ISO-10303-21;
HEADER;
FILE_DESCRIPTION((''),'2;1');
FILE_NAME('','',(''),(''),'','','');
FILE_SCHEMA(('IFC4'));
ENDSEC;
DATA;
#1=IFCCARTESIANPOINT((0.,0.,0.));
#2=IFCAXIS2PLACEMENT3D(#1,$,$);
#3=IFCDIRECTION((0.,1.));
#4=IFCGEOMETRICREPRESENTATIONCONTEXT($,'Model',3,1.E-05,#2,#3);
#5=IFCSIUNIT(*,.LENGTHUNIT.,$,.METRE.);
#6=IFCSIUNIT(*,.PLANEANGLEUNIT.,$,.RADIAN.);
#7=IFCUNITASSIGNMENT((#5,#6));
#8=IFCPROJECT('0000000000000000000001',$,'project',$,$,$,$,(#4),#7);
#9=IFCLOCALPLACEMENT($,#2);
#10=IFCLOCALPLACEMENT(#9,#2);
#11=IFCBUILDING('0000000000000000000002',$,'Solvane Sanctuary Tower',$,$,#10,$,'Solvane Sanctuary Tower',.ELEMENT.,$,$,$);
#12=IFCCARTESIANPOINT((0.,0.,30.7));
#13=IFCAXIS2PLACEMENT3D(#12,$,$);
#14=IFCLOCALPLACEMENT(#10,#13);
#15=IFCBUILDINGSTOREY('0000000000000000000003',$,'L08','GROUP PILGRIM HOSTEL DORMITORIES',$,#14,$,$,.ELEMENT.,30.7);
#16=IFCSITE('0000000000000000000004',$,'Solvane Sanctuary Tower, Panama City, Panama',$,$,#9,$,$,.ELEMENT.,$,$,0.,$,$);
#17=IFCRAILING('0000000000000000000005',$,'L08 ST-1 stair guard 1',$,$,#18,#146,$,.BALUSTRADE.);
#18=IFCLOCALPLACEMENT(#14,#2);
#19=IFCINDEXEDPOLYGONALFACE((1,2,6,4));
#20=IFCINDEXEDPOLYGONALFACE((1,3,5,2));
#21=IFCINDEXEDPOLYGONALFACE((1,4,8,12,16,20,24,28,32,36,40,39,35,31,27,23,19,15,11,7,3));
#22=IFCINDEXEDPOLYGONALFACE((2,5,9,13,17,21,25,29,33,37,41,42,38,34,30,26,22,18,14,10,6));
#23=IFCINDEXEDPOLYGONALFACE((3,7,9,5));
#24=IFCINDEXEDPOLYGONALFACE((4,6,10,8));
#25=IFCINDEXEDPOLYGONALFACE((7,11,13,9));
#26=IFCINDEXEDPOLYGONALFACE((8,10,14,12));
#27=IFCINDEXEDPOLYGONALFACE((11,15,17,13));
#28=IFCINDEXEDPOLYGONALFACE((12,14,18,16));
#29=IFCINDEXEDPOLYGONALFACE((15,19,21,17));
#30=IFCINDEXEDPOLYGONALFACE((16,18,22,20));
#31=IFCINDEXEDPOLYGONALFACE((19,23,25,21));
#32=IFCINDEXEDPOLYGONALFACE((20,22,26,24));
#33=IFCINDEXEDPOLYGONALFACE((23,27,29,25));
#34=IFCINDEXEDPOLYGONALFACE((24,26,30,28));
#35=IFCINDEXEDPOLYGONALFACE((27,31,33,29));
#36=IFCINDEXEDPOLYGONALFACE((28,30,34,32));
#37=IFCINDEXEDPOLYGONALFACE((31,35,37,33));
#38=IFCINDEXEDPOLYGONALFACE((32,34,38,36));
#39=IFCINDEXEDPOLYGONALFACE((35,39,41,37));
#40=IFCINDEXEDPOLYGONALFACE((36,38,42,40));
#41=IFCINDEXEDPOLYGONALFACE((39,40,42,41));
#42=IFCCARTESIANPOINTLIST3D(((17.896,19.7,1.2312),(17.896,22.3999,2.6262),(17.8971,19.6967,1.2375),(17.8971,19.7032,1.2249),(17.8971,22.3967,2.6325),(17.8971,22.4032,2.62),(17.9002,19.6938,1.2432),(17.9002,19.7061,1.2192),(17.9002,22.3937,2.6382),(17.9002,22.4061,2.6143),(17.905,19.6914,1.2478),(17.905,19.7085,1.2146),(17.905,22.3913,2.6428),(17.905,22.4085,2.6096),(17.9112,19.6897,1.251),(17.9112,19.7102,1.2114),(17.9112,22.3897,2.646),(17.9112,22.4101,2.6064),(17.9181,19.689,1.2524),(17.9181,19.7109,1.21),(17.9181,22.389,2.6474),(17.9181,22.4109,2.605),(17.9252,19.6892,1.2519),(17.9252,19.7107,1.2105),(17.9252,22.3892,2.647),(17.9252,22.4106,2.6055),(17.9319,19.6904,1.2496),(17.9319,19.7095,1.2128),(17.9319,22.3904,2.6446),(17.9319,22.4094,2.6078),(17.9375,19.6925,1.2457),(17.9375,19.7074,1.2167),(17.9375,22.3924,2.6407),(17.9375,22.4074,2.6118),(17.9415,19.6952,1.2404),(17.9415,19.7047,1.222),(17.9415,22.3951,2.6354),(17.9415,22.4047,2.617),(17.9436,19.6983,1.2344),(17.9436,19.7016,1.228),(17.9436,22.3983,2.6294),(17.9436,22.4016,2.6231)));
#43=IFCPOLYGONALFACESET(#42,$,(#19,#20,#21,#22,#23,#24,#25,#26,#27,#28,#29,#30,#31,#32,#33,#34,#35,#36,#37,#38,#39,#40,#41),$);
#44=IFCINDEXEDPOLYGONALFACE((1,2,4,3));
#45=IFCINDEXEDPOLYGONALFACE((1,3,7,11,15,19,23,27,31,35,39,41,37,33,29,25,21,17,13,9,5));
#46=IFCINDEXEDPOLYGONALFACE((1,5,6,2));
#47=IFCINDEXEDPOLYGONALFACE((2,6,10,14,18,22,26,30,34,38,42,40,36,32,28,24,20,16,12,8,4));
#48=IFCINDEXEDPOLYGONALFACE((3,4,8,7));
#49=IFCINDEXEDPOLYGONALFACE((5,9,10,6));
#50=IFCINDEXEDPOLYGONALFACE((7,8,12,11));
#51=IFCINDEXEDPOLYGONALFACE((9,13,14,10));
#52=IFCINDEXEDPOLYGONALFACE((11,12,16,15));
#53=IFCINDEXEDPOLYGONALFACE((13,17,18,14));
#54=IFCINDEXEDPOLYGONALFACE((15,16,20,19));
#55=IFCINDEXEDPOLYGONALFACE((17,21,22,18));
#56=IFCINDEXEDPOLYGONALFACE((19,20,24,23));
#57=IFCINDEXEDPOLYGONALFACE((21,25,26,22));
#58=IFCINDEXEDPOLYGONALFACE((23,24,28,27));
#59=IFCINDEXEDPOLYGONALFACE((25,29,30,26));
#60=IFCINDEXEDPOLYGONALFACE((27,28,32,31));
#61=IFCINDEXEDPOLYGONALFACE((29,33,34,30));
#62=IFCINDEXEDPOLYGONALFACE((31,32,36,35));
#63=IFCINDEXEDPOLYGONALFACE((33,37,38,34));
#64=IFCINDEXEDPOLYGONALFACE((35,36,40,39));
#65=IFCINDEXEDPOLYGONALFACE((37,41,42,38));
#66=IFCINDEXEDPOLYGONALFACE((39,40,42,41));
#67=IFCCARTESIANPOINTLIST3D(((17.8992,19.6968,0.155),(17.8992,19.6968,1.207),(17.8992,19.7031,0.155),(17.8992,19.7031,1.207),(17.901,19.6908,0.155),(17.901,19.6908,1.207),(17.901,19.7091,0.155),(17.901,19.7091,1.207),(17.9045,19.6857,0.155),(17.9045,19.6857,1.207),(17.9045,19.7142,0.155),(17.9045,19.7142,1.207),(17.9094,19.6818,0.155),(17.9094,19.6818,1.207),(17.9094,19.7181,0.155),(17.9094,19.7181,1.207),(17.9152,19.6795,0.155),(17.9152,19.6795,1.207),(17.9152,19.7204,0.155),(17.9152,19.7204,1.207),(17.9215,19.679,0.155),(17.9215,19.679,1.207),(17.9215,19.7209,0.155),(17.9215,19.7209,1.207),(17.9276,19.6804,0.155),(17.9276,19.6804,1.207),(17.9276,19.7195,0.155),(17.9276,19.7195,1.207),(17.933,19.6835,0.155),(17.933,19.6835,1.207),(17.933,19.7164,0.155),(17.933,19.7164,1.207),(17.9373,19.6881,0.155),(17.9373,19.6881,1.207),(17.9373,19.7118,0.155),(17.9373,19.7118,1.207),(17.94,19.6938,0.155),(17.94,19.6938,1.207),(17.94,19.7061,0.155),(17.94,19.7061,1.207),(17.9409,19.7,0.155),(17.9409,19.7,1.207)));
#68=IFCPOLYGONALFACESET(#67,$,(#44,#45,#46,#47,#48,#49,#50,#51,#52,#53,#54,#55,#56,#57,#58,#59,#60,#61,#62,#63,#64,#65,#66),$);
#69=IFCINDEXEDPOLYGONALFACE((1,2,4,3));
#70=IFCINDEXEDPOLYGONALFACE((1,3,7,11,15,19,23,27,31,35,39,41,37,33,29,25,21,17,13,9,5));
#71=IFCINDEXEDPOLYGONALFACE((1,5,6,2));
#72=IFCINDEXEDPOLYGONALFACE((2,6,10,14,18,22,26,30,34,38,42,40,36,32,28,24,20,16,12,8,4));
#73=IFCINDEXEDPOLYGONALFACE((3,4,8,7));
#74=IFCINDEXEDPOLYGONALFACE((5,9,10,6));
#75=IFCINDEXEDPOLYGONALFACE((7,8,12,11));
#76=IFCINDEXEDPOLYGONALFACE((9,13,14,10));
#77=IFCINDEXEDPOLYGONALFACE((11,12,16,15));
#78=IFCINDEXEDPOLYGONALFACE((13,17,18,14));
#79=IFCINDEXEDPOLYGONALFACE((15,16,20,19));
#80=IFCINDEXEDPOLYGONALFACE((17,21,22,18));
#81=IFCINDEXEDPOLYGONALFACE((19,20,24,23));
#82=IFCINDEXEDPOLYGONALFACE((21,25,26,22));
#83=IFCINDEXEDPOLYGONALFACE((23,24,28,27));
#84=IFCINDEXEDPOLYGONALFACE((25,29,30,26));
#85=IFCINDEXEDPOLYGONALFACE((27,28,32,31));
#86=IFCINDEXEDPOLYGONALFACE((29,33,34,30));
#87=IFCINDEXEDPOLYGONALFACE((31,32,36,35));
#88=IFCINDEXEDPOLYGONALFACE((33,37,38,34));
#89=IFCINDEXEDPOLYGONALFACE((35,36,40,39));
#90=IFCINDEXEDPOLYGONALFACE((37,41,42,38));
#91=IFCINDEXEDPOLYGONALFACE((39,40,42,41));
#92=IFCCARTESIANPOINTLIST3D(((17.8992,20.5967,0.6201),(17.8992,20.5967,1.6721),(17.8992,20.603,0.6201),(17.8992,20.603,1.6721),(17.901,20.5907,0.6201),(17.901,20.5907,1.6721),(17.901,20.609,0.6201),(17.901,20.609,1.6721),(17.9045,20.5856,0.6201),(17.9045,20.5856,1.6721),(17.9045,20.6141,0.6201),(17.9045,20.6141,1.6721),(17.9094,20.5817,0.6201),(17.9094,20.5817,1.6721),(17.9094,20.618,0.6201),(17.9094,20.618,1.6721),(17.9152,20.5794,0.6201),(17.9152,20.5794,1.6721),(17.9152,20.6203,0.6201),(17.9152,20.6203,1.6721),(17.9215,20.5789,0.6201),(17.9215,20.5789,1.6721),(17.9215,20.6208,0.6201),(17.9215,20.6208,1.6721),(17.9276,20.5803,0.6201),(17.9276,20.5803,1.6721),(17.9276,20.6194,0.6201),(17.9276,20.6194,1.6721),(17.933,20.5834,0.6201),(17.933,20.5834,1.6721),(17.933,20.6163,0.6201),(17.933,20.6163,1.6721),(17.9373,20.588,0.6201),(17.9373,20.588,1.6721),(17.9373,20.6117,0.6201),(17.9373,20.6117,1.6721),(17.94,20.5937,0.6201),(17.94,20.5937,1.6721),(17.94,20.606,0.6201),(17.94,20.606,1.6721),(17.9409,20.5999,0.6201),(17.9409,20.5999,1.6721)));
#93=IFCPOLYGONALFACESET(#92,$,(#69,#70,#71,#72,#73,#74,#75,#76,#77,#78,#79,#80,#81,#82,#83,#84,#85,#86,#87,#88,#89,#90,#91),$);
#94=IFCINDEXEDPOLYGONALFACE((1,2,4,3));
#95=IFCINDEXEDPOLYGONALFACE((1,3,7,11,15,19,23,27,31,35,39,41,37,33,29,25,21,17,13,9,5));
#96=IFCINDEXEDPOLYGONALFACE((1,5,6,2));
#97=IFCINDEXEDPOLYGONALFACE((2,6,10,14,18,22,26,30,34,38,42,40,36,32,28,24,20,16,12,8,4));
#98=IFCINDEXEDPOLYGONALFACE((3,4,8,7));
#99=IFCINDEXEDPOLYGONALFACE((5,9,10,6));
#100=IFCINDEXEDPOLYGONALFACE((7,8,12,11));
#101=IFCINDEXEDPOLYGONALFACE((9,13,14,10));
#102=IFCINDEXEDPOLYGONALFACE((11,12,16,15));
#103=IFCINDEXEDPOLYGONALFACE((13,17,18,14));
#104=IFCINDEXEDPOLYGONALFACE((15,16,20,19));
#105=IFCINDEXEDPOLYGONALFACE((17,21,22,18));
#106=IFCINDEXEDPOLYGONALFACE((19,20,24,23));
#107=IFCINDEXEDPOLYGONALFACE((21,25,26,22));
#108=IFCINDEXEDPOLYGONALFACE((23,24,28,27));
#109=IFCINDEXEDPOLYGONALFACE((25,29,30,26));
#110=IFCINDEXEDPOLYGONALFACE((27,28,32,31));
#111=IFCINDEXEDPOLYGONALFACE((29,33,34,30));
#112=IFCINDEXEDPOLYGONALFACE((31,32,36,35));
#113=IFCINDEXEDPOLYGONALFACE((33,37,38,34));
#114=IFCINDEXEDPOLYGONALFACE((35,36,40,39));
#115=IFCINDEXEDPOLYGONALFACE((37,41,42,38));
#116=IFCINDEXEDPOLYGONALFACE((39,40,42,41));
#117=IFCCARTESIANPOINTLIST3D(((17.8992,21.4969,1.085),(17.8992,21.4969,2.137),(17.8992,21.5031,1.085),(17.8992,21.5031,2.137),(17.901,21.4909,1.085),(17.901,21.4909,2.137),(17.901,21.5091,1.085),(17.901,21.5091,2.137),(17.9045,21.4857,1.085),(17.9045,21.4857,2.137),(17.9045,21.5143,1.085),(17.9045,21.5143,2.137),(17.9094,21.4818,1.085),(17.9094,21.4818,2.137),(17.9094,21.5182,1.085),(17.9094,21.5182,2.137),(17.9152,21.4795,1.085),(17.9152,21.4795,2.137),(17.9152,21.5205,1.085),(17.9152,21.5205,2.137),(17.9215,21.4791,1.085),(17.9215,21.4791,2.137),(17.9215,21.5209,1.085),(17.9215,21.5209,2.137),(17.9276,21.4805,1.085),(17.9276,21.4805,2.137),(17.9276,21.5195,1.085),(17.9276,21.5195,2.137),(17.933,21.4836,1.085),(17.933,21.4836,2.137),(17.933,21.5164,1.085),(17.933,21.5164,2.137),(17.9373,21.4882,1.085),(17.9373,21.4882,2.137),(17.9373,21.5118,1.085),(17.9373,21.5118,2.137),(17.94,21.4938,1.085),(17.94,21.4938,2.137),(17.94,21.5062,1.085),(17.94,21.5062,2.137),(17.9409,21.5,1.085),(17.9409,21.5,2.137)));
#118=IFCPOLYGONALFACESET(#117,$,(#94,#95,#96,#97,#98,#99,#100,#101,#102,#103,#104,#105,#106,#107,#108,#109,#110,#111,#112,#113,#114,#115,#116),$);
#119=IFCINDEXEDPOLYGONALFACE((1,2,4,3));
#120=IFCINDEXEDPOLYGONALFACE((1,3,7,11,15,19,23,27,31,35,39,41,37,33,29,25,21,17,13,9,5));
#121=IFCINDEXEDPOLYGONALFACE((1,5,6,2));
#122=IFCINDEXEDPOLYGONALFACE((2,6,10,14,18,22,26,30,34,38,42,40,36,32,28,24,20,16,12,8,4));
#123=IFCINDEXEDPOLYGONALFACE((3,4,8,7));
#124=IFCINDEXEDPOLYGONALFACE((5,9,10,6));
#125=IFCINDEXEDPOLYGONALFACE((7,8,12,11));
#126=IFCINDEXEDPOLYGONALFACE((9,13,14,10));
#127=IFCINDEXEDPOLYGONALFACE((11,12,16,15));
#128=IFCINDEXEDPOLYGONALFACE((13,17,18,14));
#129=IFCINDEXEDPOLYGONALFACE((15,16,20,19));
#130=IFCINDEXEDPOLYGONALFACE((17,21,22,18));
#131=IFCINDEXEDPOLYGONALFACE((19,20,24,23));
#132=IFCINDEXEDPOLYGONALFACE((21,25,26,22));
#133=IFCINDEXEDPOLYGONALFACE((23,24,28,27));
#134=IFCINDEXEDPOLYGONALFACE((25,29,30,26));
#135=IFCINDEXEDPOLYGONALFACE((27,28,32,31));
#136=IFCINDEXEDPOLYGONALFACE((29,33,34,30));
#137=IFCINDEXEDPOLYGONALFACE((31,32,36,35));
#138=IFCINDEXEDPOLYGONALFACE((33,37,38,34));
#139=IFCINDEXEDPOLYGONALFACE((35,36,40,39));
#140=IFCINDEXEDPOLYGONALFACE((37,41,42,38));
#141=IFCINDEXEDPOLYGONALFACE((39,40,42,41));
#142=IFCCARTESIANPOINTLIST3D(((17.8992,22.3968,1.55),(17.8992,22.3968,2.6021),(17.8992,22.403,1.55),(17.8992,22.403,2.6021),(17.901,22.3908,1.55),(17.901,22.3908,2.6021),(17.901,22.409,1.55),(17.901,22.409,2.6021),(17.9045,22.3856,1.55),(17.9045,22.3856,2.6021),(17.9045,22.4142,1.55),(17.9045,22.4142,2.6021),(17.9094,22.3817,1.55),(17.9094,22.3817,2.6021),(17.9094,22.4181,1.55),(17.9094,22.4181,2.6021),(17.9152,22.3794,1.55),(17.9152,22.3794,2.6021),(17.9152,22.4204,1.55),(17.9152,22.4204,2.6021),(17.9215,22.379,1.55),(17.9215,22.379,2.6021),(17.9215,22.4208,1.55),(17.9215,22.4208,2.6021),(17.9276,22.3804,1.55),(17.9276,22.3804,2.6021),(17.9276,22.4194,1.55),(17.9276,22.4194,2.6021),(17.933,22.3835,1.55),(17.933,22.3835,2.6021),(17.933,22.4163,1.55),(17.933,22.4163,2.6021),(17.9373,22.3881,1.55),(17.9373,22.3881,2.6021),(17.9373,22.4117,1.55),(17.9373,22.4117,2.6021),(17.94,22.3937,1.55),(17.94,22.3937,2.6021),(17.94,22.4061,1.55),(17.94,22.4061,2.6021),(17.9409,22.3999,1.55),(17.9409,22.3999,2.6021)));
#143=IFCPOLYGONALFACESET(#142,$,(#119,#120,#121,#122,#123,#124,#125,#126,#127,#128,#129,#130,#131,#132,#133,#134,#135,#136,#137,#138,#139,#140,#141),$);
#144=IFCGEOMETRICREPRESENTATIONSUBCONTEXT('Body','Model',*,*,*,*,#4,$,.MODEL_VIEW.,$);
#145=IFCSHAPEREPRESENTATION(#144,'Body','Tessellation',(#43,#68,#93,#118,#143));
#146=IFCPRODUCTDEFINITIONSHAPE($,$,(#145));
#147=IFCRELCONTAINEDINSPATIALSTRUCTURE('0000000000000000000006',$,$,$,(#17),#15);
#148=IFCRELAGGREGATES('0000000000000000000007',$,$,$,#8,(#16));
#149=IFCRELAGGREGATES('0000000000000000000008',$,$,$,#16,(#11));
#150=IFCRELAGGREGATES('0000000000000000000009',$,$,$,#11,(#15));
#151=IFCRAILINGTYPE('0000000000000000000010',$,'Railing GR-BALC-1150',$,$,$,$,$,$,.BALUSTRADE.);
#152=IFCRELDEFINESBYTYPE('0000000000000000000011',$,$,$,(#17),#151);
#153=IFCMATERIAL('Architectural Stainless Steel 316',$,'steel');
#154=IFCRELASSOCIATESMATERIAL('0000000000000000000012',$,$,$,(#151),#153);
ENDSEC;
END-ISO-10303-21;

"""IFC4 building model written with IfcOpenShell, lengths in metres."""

from ifc_helpers import new_model, si_unit, direction, frame, origin, origin_2d, place, context, subcontext, project, spatial, circle, extrude, material, type_object, element, save


model = new_model("IFC4")

# Units and contexts
model_context = context("Model", 3, precision=1e-05, world=origin(), true_north=direction((0.0, 1.0)))
body_context = subcontext(model_context, "Body", "Model", "MODEL_VIEW")
ifc_project = project(units=[si_unit("LENGTHUNIT", "METRE"), si_unit("PLANEANGLEUNIT", "RADIAN")], contexts=[model_context])

# Site, building, storey
site_placement = place(None, origin())
site = spatial("IfcSite", under=ifc_project, at=site_placement, Name="Solvane Sanctuary Tower, Panama City, Panama", CompositionType="ELEMENT", RefElevation=0.0)
building_placement = place(site_placement, origin())
building = spatial("IfcBuilding", under=site, at=building_placement, Name="Solvane Sanctuary Tower", LongName="Solvane Sanctuary Tower", CompositionType="ELEMENT")
storey_placement = place(building_placement, frame((0.0, 0.0, 30.7)))
storey = spatial("IfcBuildingStorey", under=building, at=storey_placement, Name="L08", Description="GROUP PILGRIM HOSTEL DORMITORIES", CompositionType="ELEMENT", Elevation=30.7)

# Shared definitions
ifc_material_1 = material(Name="Architectural Stainless Steel 316", Category="steel")

# Railing
railing_type = type_object("IfcRailingType", Name="Railing GR-BALC-1150", PredefinedType="BALUSTRADE", material=ifc_material_1)
railing_1_placement = place(storey_placement, frame((17.9199, 19.7, 0.155)))
element("IfcRailing", 1, at=railing_1_placement, inside=storey, type_object=railing_type, Name="L08 ST-1 stair guard 1", PredefinedType="BALUSTRADE", context=body_context, shape_type="SweptSolid", body=[
    extrude(circle(Radius=0.0239, at=origin_2d()), frame((0.0, 0.0, 1.0762), z_axis=(0.0, 0.88842, 0.459032), x_axis=(-1.0, 0.0, 0.0)), (0.0, 0.0, 1.0), 3.0391),
    extrude(circle(Radius=0.021, at=origin_2d()), origin(), (0.0, 0.0, 1.0), 1.052),
    extrude(circle(Radius=0.021, at=origin_2d()), frame((0.0, 0.8999, 0.4651)), (0.0, 0.0, 1.0), 1.052),
    extrude(circle(Radius=0.021, at=origin_2d()), frame((0.0, 1.8, 0.9299)), (0.0, 0.0, 1.0), 1.052),
    extrude(circle(Radius=0.021, at=origin_2d()), frame((0.0, 2.7, 1.395)), (0.0, 0.0, 1.0), 1.052),
])

save(model, "model.ifc")
